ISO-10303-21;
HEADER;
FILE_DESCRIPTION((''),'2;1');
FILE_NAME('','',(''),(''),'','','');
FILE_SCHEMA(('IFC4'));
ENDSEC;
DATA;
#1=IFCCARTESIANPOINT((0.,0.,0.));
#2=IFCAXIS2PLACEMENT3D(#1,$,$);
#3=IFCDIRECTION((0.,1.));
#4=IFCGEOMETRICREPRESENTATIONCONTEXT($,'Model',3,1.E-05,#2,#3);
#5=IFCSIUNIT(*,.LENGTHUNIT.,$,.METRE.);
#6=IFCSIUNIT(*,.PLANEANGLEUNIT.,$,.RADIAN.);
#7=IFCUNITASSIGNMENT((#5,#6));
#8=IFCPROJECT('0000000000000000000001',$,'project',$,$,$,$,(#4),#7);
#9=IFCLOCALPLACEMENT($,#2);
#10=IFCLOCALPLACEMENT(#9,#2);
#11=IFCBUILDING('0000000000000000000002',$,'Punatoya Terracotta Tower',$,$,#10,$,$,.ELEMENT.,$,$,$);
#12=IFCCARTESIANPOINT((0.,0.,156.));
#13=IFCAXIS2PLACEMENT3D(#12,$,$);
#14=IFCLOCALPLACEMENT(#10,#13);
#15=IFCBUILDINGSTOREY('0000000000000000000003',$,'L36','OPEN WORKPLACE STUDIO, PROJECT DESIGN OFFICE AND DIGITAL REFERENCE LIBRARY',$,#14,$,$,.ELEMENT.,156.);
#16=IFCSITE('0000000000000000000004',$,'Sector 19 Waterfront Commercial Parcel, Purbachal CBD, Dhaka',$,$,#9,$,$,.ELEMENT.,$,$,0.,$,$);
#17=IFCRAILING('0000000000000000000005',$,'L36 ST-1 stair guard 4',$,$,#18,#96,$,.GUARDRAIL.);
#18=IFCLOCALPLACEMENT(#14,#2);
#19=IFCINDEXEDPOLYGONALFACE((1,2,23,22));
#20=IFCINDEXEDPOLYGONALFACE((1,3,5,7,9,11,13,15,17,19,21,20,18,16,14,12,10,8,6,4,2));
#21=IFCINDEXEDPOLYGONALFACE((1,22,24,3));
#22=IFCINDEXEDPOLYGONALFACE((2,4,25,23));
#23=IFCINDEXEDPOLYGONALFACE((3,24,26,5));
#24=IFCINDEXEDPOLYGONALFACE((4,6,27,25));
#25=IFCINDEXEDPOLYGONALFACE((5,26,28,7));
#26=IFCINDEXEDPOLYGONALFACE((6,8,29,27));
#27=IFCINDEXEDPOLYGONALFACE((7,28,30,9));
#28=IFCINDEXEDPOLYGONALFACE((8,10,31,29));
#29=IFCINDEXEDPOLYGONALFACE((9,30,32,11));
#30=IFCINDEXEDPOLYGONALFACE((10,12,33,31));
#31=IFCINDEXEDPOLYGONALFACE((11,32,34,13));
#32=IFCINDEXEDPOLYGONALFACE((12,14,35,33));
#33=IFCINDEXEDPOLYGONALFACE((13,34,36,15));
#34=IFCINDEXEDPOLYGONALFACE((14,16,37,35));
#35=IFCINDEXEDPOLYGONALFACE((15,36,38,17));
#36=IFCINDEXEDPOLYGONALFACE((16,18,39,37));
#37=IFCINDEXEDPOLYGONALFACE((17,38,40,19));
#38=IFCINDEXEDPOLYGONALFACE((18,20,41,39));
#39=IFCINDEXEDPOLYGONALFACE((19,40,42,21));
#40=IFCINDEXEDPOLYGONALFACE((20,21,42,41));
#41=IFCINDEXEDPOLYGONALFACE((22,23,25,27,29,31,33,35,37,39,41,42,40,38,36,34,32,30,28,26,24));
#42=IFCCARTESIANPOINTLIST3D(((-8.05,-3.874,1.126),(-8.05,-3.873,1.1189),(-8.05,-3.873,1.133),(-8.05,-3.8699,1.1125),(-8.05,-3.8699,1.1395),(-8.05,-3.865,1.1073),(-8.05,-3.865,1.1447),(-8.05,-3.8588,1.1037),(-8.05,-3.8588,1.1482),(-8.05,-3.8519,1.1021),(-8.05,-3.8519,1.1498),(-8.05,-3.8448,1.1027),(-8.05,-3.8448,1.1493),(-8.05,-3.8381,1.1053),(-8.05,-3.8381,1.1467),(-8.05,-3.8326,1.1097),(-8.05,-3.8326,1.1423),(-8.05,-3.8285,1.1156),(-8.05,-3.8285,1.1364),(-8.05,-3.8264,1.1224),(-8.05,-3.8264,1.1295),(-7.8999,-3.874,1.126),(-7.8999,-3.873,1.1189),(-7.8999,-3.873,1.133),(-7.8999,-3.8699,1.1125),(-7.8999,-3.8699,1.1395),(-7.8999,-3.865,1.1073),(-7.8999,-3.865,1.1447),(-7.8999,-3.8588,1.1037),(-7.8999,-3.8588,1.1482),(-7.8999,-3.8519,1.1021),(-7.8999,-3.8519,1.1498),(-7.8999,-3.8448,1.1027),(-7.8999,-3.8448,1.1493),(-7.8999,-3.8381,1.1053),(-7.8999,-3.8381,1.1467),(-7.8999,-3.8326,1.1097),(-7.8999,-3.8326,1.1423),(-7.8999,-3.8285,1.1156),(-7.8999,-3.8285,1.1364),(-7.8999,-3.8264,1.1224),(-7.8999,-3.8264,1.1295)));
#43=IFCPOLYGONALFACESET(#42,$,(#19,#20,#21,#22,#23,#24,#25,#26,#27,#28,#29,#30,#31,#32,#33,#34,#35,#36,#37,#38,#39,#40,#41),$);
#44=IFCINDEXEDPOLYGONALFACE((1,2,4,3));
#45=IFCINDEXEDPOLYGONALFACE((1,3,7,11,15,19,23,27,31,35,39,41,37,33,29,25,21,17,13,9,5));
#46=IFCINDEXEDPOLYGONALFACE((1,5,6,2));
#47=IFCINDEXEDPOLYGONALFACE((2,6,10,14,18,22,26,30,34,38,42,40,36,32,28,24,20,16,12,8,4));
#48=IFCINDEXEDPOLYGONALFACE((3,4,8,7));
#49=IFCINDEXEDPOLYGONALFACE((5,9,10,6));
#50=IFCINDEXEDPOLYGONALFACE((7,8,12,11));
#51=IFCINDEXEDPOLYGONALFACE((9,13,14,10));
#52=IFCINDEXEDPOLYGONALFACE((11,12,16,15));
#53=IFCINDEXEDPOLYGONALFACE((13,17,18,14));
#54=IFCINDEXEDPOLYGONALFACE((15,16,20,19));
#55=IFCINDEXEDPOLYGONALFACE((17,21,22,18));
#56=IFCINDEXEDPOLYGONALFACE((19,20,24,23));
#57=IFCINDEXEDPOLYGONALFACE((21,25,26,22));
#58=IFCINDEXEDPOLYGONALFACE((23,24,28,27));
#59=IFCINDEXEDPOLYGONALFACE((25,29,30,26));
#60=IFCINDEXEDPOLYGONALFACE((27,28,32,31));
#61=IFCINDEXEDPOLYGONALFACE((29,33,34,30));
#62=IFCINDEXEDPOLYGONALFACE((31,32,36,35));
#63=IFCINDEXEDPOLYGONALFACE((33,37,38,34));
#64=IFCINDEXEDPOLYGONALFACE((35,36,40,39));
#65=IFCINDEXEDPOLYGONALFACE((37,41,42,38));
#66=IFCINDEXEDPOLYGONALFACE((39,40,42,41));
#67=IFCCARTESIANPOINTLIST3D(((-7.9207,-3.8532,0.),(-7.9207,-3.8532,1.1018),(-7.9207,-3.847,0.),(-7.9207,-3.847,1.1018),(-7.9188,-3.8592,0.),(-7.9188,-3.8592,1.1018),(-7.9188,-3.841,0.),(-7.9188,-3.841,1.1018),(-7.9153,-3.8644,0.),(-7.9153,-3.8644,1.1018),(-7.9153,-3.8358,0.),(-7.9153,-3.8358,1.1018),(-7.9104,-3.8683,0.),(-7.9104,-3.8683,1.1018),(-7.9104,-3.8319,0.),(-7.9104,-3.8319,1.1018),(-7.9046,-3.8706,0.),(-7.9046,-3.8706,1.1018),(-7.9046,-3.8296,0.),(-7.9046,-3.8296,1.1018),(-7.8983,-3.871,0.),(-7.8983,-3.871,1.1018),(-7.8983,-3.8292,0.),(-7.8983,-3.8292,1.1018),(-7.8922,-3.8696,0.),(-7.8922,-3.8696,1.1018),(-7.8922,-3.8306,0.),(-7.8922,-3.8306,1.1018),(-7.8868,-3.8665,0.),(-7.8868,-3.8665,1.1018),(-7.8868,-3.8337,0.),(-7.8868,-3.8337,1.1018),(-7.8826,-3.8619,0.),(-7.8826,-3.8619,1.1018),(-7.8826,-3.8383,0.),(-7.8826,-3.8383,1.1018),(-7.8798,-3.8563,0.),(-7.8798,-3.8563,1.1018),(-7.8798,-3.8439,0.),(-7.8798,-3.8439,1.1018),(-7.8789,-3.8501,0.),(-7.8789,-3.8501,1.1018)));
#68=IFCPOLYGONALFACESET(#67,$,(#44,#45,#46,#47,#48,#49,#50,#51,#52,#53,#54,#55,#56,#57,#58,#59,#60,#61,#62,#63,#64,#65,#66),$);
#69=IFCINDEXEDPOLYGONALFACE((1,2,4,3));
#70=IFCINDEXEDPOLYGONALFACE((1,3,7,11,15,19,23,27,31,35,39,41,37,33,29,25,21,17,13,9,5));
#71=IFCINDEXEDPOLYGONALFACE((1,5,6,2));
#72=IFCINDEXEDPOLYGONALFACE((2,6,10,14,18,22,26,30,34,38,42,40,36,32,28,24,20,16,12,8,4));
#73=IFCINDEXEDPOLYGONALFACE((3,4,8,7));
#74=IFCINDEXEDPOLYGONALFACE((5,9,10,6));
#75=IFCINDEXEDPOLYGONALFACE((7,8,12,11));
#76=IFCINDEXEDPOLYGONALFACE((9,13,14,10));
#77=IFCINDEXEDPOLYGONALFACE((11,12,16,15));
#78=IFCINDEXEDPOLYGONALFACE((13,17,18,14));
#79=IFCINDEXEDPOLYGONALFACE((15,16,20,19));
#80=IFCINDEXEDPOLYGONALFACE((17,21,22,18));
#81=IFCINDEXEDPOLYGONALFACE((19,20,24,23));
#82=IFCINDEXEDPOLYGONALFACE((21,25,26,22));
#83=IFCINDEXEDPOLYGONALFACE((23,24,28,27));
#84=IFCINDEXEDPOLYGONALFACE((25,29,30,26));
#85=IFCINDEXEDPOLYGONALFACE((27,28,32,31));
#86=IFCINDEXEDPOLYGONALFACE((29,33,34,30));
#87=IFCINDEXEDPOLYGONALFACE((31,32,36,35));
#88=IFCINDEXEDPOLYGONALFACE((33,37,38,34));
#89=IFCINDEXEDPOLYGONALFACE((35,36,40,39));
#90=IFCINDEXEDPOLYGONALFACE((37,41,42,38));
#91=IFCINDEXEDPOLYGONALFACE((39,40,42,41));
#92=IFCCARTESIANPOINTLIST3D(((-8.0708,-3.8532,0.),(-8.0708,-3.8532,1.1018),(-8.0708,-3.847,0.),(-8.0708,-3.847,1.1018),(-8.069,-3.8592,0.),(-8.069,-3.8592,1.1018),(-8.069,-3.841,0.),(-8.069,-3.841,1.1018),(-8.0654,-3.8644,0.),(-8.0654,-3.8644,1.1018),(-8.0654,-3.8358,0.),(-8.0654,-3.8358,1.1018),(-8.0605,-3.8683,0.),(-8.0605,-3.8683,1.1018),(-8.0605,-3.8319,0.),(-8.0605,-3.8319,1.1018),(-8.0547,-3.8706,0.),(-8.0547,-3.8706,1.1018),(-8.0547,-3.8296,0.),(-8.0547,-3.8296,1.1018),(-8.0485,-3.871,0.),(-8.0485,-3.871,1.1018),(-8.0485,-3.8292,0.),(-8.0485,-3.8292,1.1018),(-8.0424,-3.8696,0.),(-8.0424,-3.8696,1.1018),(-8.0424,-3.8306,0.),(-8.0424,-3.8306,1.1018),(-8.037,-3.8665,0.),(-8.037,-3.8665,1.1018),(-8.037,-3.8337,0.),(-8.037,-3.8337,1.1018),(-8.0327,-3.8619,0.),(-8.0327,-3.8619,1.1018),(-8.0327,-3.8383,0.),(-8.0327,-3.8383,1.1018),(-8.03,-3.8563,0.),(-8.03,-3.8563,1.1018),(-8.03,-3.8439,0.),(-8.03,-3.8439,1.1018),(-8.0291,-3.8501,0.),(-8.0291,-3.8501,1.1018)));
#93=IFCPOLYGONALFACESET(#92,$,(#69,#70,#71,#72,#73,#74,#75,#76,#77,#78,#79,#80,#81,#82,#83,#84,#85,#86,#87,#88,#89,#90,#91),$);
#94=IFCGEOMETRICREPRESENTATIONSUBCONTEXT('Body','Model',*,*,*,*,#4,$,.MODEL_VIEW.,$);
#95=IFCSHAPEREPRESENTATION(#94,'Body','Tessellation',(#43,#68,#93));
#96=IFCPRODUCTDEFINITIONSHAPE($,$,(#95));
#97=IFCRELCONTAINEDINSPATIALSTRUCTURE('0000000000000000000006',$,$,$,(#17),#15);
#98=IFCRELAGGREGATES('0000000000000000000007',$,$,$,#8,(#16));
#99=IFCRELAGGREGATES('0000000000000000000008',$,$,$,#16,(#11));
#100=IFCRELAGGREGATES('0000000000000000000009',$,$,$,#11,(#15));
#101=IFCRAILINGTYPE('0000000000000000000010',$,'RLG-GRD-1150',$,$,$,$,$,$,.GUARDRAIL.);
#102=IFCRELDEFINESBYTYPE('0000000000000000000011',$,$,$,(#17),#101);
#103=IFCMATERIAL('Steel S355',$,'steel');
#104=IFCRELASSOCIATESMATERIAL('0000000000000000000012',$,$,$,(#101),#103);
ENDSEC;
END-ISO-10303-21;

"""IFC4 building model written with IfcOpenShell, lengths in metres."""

from ifc_helpers import new_model, si_unit, direction, frame, origin, origin_2d, place, context, subcontext, project, spatial, circle, extrude, material, type_object, element, save


model = new_model("IFC4")

# Units and contexts
model_context = context("Model", 3, precision=1e-05, world=origin(), true_north=direction((0.0, 1.0)))
body_context = subcontext(model_context, "Body", "Model", "MODEL_VIEW")
ifc_project = project(units=[si_unit("LENGTHUNIT", "METRE"), si_unit("PLANEANGLEUNIT", "RADIAN")], contexts=[model_context])

# Site, building, storey
site_placement = place(None, origin())
site = spatial("IfcSite", under=ifc_project, at=site_placement, Name="Sector 19 Waterfront Commercial Parcel, Purbachal CBD, Dhaka", CompositionType="ELEMENT", RefElevation=0.0)
building_placement = place(site_placement, origin())
building = spatial("IfcBuilding", under=site, at=building_placement, Name="Punatoya Terracotta Tower", CompositionType="ELEMENT")
storey_placement = place(building_placement, frame((0.0, 0.0, 156.0)))
storey = spatial("IfcBuildingStorey", under=building, at=storey_placement, Name="L36", Description="OPEN WORKPLACE STUDIO, PROJECT DESIGN OFFICE AND DIGITAL REFERENCE LIBRARY", CompositionType="ELEMENT", Elevation=156.0)

# Shared definitions
ifc_material_1 = material(Name="Steel S355", Category="steel")

# Railing
railing_type_1 = type_object("IfcRailingType", Name="RLG-GRD-1150", PredefinedType="GUARDRAIL", material=ifc_material_1)
railing_1_placement = place(storey_placement, frame((-7.8999, -3.8501, 0.0)))
element("IfcRailing", 1, at=railing_1_placement, inside=storey, type_object=railing_type_1, Name="L36 ST-1 stair guard 4", PredefinedType="GUARDRAIL", context=body_context, shape_type="SweptSolid", body=[
    extrude(circle(Radius=0.0239, at=origin_2d()), frame((0.0, 0.0, 1.126), z_axis=(-1.0, 0.0, 0.0), x_axis=(0.0, -1.0, 0.0)), (0.0, 0.0, 1.0), 0.1501),
    extrude(circle(Radius=0.021, at=origin_2d()), origin(), (0.0, 0.0, 1.0), 1.1018),
    extrude(circle(Radius=0.021, at=origin_2d()), frame((-0.1501, 0.0, 0.0)), (0.0, 0.0, 1.0), 1.1018),
])

save(model, "model.ifc")
